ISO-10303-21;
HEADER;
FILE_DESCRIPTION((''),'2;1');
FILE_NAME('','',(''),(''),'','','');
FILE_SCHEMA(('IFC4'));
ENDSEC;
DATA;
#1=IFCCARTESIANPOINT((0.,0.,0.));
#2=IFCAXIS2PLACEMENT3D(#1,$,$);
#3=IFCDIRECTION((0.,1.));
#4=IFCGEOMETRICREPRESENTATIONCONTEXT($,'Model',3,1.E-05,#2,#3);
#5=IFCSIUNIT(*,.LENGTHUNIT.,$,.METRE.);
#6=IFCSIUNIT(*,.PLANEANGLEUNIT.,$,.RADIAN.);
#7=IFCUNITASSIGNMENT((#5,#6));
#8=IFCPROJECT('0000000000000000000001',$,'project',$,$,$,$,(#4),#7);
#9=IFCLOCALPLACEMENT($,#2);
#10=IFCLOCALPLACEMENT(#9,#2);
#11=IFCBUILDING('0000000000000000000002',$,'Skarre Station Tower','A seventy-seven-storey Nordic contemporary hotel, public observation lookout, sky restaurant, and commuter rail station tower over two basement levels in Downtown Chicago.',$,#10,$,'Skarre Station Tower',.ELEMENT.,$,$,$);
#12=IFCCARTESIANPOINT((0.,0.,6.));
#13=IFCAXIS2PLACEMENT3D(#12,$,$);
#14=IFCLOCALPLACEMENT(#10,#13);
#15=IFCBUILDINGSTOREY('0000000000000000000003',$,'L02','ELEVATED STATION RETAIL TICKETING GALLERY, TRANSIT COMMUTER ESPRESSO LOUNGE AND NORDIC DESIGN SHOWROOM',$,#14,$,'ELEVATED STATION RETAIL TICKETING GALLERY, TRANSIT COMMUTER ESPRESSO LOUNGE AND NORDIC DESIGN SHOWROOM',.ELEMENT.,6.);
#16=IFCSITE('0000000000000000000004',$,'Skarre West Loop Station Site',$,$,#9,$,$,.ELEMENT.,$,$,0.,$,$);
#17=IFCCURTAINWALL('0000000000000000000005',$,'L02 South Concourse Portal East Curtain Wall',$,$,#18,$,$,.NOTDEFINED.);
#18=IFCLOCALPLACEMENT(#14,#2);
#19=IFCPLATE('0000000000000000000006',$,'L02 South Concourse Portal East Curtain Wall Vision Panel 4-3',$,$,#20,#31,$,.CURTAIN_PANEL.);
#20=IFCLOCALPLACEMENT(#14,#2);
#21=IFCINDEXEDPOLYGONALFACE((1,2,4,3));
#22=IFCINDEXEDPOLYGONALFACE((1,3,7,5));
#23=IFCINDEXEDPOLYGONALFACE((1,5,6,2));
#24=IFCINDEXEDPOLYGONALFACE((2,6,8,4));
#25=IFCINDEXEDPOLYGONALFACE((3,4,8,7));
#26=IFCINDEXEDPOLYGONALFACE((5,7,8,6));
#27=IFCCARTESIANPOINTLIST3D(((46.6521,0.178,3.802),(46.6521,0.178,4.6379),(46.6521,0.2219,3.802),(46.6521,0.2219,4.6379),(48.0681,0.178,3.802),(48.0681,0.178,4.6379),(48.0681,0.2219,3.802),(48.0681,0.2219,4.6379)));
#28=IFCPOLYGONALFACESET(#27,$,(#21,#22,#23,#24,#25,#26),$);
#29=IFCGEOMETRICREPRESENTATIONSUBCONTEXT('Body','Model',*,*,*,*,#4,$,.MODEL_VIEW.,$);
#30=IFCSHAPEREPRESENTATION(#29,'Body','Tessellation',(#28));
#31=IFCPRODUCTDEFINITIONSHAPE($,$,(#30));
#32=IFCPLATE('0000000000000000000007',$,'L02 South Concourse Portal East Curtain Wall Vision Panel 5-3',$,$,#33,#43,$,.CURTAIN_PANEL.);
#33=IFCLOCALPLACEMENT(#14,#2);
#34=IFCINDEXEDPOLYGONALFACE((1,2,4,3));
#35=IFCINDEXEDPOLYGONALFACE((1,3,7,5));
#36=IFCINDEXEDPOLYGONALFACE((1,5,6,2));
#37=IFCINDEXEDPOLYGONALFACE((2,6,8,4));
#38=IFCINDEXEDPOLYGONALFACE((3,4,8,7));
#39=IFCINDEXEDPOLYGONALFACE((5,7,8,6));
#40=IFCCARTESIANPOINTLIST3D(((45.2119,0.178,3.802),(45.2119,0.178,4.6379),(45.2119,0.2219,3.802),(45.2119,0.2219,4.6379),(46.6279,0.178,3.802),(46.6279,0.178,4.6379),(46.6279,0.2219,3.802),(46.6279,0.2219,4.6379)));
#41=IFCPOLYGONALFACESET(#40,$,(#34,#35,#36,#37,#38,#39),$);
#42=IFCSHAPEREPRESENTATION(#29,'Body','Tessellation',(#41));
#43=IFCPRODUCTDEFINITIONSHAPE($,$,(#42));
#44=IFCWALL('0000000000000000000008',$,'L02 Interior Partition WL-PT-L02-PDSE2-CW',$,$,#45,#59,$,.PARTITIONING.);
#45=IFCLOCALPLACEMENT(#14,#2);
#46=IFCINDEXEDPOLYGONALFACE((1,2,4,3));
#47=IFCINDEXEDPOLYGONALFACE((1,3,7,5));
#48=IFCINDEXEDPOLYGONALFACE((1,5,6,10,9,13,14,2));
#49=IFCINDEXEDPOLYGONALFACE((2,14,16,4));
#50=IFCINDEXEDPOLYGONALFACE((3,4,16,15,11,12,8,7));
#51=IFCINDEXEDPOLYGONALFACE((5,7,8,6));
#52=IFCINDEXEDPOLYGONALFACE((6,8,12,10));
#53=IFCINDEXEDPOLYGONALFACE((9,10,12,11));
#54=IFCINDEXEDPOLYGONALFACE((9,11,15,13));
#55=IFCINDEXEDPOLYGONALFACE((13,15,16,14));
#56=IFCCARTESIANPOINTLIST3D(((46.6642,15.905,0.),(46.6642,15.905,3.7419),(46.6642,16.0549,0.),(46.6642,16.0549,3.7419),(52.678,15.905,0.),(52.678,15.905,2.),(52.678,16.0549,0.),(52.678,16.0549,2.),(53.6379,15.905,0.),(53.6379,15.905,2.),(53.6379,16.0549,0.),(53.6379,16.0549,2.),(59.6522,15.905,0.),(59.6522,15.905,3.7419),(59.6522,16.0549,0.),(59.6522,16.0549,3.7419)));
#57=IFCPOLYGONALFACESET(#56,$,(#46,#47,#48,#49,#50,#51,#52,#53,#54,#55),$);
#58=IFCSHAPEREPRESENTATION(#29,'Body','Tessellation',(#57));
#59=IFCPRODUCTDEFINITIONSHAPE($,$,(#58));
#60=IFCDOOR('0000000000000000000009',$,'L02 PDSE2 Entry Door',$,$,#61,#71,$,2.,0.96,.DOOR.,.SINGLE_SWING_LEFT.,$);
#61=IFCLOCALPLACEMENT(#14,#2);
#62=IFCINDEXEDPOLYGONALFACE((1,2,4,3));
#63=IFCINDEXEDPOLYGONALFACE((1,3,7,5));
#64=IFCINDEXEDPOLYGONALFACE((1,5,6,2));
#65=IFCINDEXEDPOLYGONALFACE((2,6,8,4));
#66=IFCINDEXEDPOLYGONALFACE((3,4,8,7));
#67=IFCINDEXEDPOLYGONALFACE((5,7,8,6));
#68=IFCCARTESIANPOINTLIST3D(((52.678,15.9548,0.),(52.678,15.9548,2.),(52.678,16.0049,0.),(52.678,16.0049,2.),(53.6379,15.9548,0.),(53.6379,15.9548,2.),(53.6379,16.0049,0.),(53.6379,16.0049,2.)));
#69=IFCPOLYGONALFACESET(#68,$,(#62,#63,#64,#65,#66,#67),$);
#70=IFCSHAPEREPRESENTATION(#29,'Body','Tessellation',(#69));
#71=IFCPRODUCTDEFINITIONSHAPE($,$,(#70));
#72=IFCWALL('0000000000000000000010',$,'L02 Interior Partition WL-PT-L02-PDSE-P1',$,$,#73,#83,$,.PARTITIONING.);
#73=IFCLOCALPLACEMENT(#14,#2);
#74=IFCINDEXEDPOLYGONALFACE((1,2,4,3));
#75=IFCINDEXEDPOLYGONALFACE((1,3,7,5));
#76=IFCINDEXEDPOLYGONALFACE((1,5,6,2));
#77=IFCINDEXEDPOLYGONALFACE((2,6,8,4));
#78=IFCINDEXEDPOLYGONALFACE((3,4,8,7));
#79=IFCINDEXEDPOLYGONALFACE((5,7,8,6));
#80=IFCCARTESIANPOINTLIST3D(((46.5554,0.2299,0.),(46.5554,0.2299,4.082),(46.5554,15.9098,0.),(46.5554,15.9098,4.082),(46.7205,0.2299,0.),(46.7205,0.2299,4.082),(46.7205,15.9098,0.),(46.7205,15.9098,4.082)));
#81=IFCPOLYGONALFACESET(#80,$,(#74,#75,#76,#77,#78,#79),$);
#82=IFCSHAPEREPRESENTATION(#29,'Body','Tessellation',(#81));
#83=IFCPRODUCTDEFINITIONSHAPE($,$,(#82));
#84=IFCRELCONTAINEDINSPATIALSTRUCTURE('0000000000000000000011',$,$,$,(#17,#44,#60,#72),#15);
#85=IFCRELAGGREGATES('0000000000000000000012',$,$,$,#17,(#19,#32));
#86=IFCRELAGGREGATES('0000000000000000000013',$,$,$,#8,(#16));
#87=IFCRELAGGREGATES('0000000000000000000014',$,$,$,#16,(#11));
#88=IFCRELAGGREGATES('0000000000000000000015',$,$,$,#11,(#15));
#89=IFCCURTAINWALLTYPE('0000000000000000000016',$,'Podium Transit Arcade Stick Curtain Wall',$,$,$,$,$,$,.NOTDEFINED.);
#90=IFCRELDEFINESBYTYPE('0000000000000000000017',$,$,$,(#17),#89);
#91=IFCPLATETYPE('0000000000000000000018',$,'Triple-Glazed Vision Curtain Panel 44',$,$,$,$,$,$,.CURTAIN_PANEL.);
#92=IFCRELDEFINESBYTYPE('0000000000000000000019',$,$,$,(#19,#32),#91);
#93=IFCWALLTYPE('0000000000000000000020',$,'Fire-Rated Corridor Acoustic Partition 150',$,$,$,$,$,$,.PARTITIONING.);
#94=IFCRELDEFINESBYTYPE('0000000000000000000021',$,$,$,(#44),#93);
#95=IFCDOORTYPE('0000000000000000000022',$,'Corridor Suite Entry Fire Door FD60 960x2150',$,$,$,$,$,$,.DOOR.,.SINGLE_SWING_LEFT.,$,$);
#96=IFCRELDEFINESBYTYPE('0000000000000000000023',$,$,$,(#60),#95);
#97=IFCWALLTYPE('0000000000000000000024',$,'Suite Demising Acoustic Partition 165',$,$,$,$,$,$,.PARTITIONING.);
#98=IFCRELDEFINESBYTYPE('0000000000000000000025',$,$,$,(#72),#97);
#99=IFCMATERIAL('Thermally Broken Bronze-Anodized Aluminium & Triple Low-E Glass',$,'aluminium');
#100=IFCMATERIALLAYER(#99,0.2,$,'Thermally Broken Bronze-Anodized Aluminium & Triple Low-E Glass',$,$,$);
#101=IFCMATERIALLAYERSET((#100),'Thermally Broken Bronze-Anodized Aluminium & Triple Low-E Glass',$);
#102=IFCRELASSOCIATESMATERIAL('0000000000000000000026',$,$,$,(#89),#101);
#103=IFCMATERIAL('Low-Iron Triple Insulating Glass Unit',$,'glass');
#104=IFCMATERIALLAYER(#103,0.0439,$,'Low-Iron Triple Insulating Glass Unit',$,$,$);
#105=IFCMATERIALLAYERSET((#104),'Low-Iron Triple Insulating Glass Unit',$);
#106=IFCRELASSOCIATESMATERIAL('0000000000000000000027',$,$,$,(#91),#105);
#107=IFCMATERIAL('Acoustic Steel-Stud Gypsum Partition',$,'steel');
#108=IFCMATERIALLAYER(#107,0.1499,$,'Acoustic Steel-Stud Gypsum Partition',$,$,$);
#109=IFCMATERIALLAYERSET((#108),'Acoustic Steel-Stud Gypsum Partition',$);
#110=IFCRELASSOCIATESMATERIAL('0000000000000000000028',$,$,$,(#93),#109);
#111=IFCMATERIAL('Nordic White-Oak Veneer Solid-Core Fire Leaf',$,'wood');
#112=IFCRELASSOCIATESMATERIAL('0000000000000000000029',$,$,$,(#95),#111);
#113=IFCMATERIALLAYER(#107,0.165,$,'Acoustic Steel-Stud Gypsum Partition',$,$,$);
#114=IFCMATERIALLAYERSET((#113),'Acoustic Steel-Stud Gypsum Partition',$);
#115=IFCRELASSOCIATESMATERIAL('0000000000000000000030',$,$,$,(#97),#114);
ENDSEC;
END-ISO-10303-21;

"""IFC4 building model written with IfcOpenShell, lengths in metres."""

from ifc_helpers import new_model, si_unit, direction, frame, frame_2d, origin, origin_2d, place, context, subcontext, project, spatial, rectangle, extrude, material, layer, layer_set, type_object, element, fill, aggregate, save


model = new_model("IFC4")

# Units and contexts
model_context = context("Model", 3, precision=1e-05, world=origin(), true_north=direction((0.0, 1.0)))
body_context = subcontext(model_context, "Body", "Model", "MODEL_VIEW")
ifc_project = project(units=[si_unit("LENGTHUNIT", "METRE"), si_unit("PLANEANGLEUNIT", "RADIAN")], contexts=[model_context])

# Site, building, storey
site_placement = place(None, origin())
site = spatial("IfcSite", under=ifc_project, at=site_placement, Name="Skarre West Loop Station Site", CompositionType="ELEMENT", RefElevation=0.0)
building_placement = place(site_placement, origin())
building = spatial("IfcBuilding", under=site, at=building_placement, Name="Skarre Station Tower", Description="A seventy-seven-storey Nordic contemporary hotel, public observation lookout, sky restaurant, and commuter rail station tower over two basement levels in Downtown Chicago.", LongName="Skarre Station Tower", CompositionType="ELEMENT")
storey_placement = place(building_placement, frame((0.0, 0.0, 6.0)))
storey = spatial("IfcBuildingStorey", under=building, at=storey_placement, Name="L02", Description="ELEVATED STATION RETAIL TICKETING GALLERY, TRANSIT COMMUTER ESPRESSO LOUNGE AND NORDIC DESIGN SHOWROOM", LongName="ELEVATED STATION RETAIL TICKETING GALLERY, TRANSIT COMMUTER ESPRESSO LOUNGE AND NORDIC DESIGN SHOWROOM", CompositionType="ELEMENT", Elevation=6.0)

# Curtain wall
ifc_material_1 = material(Name="Thermally Broken Bronze-Anodized Aluminium & Triple Low-E Glass", Category="aluminium")
ifc_layer_1 = layer(ifc_material_1, 0.2, Name="Thermally Broken Bronze-Anodized Aluminium & Triple Low-E Glass")
ifc_layer_set_1 = layer_set([ifc_layer_1], Name="Thermally Broken Bronze-Anodized Aluminium & Triple Low-E Glass")
curtain_wall_type = type_object("IfcCurtainWallType", Name="Podium Transit Arcade Stick Curtain Wall", PredefinedType="NOTDEFINED", material=ifc_layer_set_1)
curtain_wall_placement = place(storey_placement, origin())
curtain_wall = element("IfcCurtainWall", 1, at=curtain_wall_placement, inside=storey, type_object=curtain_wall_type, Name="L02 South Concourse Portal East Curtain Wall", PredefinedType="NOTDEFINED")

# Plates
ifc_material_2 = material(Name="Low-Iron Triple Insulating Glass Unit", Category="glass")
ifc_layer_2 = layer(ifc_material_2, 0.0439, Name="Low-Iron Triple Insulating Glass Unit")
ifc_layer_set_2 = layer_set([ifc_layer_2], Name="Low-Iron Triple Insulating Glass Unit")
plate_type_1 = type_object("IfcPlateType", Name="Triple-Glazed Vision Curtain Panel 44", PredefinedType="CURTAIN_PANEL", material=ifc_layer_set_2)
plate_1_placement = place(storey_placement, frame((47.3601, 0.2, 3.802), z_axis=(0.0, 0.0, 1.0), x_axis=(-1.0, 0.0, 0.0)))
plate_1 = element("IfcPlate", 2, at=plate_1_placement, type_object=plate_type_1, Name="L02 South Concourse Portal East Curtain Wall Vision Panel 4-3", PredefinedType="CURTAIN_PANEL", context=body_context, shape_type="SweptSolid", body=[
    extrude(rectangle(XDim=1.416, YDim=0.0439, at=origin_2d()), origin(), (0.0, 0.0, 1.0), 0.8359),
])
plate_2_placement = place(storey_placement, frame((45.9199, 0.2, 3.802), z_axis=(0.0, 0.0, 1.0), x_axis=(-1.0, 0.0, 0.0)))
plate_2 = element("IfcPlate", 3, at=plate_2_placement, type_object=plate_type_1, Name="L02 South Concourse Portal East Curtain Wall Vision Panel 5-3", PredefinedType="CURTAIN_PANEL", context=body_context, shape_type="SweptSolid", body=[
    extrude(rectangle(XDim=1.416, YDim=0.0439, at=origin_2d()), origin(), (0.0, 0.0, 1.0), 0.8359),
])
aggregate(curtain_wall, [plate_1, plate_2])

# Wall, opening, door
ifc_material_3 = material(Name="Acoustic Steel-Stud Gypsum Partition", Category="steel")
ifc_layer_3 = layer(ifc_material_3, 0.1499, Name="Acoustic Steel-Stud Gypsum Partition")
ifc_layer_set_3 = layer_set([ifc_layer_3], Name="Acoustic Steel-Stud Gypsum Partition")
wall_type_1 = type_object("IfcWallType", Name="Fire-Rated Corridor Acoustic Partition 150", PredefinedType="PARTITIONING", material=ifc_layer_set_3)
wall_1_placement = place(storey_placement, frame((46.6641, 15.98, 0.0), z_axis=(0.0, 0.0, 1.0), x_axis=(1.0, 0.0, 0.0)))
wall_1 = element("IfcWall", 4, at=wall_1_placement, inside=storey, type_object=wall_type_1, Name="L02 Interior Partition WL-PT-L02-PDSE2-CW", PredefinedType="PARTITIONING", context=body_context, shape_type="SweptSolid", body=[
    extrude(rectangle(XDim=12.988, YDim=0.1499, at=frame_2d((6.4941, 0.0))), origin(), (0.0, 0.0, 1.0), 3.7419),
])
opening_placement = place(wall_1_placement, frame((6.0139, 0.0, 0.0)))
opening = element("IfcOpeningElement", 5, at=opening_placement, cuts=wall_1, PredefinedType="OPENING", context=body_context, shape_type="SweptSolid", body=[
    extrude(rectangle(XDim=0.96, YDim=2.0, at=frame_2d((0.48, 1.0))), frame((0.0, 0.085, 0.0), z_axis=(0.0, -1.0, 0.0), x_axis=(1.0, 0.0, 0.0)), (0.0, 0.0, 1.0), 0.1699),
])
ifc_material_4 = material(Name="Nordic White-Oak Veneer Solid-Core Fire Leaf", Category="wood")
door_type = type_object("IfcDoorType", Name="Corridor Suite Entry Fire Door FD60 960x2150", OperationType="SINGLE_SWING_LEFT", PredefinedType="DOOR", material=ifc_material_4)
door_placement = place(opening_placement, origin())
door = element("IfcDoor", 6, at=door_placement, inside=storey, type_object=door_type, Name="L02 PDSE2 Entry Door", OperationType="SINGLE_SWING_LEFT", OverallHeight=2.0, OverallWidth=0.96, PredefinedType="DOOR", context=body_context, shape_type="SweptSolid", body=[
    extrude(rectangle(XDim=0.96, YDim=2.0, at=frame_2d((0.48, 1.0))), frame((0.0, 0.0249, 0.0), z_axis=(0.0, -1.0, 0.0), x_axis=(1.0, 0.0, 0.0)), (0.0, 0.0, 1.0), 0.05),
])
fill(opening, door)

# Wall
ifc_layer_4 = layer(ifc_material_3, 0.165, Name="Acoustic Steel-Stud Gypsum Partition")
ifc_layer_set_4 = layer_set([ifc_layer_4], Name="Acoustic Steel-Stud Gypsum Partition")
wall_type_2 = type_object("IfcWallType", Name="Suite Demising Acoustic Partition 165", PredefinedType="PARTITIONING", material=ifc_layer_set_4)
wall_2_placement = place(storey_placement, frame((46.6379, 0.23, 0.0), z_axis=(0.0, 0.0, 1.0), x_axis=(0.0, 1.0, 0.0)))
element("IfcWall", 7, at=wall_2_placement, inside=storey, type_object=wall_type_2, Name="L02 Interior Partition WL-PT-L02-PDSE-P1", PredefinedType="PARTITIONING", context=body_context, shape_type="SweptSolid", body=[
    extrude(rectangle(XDim=15.6799, YDim=0.165, at=frame_2d((7.8398, 0.0))), origin(), (0.0, 0.0, 1.0), 4.082),
])

save(model, "model.ifc")
